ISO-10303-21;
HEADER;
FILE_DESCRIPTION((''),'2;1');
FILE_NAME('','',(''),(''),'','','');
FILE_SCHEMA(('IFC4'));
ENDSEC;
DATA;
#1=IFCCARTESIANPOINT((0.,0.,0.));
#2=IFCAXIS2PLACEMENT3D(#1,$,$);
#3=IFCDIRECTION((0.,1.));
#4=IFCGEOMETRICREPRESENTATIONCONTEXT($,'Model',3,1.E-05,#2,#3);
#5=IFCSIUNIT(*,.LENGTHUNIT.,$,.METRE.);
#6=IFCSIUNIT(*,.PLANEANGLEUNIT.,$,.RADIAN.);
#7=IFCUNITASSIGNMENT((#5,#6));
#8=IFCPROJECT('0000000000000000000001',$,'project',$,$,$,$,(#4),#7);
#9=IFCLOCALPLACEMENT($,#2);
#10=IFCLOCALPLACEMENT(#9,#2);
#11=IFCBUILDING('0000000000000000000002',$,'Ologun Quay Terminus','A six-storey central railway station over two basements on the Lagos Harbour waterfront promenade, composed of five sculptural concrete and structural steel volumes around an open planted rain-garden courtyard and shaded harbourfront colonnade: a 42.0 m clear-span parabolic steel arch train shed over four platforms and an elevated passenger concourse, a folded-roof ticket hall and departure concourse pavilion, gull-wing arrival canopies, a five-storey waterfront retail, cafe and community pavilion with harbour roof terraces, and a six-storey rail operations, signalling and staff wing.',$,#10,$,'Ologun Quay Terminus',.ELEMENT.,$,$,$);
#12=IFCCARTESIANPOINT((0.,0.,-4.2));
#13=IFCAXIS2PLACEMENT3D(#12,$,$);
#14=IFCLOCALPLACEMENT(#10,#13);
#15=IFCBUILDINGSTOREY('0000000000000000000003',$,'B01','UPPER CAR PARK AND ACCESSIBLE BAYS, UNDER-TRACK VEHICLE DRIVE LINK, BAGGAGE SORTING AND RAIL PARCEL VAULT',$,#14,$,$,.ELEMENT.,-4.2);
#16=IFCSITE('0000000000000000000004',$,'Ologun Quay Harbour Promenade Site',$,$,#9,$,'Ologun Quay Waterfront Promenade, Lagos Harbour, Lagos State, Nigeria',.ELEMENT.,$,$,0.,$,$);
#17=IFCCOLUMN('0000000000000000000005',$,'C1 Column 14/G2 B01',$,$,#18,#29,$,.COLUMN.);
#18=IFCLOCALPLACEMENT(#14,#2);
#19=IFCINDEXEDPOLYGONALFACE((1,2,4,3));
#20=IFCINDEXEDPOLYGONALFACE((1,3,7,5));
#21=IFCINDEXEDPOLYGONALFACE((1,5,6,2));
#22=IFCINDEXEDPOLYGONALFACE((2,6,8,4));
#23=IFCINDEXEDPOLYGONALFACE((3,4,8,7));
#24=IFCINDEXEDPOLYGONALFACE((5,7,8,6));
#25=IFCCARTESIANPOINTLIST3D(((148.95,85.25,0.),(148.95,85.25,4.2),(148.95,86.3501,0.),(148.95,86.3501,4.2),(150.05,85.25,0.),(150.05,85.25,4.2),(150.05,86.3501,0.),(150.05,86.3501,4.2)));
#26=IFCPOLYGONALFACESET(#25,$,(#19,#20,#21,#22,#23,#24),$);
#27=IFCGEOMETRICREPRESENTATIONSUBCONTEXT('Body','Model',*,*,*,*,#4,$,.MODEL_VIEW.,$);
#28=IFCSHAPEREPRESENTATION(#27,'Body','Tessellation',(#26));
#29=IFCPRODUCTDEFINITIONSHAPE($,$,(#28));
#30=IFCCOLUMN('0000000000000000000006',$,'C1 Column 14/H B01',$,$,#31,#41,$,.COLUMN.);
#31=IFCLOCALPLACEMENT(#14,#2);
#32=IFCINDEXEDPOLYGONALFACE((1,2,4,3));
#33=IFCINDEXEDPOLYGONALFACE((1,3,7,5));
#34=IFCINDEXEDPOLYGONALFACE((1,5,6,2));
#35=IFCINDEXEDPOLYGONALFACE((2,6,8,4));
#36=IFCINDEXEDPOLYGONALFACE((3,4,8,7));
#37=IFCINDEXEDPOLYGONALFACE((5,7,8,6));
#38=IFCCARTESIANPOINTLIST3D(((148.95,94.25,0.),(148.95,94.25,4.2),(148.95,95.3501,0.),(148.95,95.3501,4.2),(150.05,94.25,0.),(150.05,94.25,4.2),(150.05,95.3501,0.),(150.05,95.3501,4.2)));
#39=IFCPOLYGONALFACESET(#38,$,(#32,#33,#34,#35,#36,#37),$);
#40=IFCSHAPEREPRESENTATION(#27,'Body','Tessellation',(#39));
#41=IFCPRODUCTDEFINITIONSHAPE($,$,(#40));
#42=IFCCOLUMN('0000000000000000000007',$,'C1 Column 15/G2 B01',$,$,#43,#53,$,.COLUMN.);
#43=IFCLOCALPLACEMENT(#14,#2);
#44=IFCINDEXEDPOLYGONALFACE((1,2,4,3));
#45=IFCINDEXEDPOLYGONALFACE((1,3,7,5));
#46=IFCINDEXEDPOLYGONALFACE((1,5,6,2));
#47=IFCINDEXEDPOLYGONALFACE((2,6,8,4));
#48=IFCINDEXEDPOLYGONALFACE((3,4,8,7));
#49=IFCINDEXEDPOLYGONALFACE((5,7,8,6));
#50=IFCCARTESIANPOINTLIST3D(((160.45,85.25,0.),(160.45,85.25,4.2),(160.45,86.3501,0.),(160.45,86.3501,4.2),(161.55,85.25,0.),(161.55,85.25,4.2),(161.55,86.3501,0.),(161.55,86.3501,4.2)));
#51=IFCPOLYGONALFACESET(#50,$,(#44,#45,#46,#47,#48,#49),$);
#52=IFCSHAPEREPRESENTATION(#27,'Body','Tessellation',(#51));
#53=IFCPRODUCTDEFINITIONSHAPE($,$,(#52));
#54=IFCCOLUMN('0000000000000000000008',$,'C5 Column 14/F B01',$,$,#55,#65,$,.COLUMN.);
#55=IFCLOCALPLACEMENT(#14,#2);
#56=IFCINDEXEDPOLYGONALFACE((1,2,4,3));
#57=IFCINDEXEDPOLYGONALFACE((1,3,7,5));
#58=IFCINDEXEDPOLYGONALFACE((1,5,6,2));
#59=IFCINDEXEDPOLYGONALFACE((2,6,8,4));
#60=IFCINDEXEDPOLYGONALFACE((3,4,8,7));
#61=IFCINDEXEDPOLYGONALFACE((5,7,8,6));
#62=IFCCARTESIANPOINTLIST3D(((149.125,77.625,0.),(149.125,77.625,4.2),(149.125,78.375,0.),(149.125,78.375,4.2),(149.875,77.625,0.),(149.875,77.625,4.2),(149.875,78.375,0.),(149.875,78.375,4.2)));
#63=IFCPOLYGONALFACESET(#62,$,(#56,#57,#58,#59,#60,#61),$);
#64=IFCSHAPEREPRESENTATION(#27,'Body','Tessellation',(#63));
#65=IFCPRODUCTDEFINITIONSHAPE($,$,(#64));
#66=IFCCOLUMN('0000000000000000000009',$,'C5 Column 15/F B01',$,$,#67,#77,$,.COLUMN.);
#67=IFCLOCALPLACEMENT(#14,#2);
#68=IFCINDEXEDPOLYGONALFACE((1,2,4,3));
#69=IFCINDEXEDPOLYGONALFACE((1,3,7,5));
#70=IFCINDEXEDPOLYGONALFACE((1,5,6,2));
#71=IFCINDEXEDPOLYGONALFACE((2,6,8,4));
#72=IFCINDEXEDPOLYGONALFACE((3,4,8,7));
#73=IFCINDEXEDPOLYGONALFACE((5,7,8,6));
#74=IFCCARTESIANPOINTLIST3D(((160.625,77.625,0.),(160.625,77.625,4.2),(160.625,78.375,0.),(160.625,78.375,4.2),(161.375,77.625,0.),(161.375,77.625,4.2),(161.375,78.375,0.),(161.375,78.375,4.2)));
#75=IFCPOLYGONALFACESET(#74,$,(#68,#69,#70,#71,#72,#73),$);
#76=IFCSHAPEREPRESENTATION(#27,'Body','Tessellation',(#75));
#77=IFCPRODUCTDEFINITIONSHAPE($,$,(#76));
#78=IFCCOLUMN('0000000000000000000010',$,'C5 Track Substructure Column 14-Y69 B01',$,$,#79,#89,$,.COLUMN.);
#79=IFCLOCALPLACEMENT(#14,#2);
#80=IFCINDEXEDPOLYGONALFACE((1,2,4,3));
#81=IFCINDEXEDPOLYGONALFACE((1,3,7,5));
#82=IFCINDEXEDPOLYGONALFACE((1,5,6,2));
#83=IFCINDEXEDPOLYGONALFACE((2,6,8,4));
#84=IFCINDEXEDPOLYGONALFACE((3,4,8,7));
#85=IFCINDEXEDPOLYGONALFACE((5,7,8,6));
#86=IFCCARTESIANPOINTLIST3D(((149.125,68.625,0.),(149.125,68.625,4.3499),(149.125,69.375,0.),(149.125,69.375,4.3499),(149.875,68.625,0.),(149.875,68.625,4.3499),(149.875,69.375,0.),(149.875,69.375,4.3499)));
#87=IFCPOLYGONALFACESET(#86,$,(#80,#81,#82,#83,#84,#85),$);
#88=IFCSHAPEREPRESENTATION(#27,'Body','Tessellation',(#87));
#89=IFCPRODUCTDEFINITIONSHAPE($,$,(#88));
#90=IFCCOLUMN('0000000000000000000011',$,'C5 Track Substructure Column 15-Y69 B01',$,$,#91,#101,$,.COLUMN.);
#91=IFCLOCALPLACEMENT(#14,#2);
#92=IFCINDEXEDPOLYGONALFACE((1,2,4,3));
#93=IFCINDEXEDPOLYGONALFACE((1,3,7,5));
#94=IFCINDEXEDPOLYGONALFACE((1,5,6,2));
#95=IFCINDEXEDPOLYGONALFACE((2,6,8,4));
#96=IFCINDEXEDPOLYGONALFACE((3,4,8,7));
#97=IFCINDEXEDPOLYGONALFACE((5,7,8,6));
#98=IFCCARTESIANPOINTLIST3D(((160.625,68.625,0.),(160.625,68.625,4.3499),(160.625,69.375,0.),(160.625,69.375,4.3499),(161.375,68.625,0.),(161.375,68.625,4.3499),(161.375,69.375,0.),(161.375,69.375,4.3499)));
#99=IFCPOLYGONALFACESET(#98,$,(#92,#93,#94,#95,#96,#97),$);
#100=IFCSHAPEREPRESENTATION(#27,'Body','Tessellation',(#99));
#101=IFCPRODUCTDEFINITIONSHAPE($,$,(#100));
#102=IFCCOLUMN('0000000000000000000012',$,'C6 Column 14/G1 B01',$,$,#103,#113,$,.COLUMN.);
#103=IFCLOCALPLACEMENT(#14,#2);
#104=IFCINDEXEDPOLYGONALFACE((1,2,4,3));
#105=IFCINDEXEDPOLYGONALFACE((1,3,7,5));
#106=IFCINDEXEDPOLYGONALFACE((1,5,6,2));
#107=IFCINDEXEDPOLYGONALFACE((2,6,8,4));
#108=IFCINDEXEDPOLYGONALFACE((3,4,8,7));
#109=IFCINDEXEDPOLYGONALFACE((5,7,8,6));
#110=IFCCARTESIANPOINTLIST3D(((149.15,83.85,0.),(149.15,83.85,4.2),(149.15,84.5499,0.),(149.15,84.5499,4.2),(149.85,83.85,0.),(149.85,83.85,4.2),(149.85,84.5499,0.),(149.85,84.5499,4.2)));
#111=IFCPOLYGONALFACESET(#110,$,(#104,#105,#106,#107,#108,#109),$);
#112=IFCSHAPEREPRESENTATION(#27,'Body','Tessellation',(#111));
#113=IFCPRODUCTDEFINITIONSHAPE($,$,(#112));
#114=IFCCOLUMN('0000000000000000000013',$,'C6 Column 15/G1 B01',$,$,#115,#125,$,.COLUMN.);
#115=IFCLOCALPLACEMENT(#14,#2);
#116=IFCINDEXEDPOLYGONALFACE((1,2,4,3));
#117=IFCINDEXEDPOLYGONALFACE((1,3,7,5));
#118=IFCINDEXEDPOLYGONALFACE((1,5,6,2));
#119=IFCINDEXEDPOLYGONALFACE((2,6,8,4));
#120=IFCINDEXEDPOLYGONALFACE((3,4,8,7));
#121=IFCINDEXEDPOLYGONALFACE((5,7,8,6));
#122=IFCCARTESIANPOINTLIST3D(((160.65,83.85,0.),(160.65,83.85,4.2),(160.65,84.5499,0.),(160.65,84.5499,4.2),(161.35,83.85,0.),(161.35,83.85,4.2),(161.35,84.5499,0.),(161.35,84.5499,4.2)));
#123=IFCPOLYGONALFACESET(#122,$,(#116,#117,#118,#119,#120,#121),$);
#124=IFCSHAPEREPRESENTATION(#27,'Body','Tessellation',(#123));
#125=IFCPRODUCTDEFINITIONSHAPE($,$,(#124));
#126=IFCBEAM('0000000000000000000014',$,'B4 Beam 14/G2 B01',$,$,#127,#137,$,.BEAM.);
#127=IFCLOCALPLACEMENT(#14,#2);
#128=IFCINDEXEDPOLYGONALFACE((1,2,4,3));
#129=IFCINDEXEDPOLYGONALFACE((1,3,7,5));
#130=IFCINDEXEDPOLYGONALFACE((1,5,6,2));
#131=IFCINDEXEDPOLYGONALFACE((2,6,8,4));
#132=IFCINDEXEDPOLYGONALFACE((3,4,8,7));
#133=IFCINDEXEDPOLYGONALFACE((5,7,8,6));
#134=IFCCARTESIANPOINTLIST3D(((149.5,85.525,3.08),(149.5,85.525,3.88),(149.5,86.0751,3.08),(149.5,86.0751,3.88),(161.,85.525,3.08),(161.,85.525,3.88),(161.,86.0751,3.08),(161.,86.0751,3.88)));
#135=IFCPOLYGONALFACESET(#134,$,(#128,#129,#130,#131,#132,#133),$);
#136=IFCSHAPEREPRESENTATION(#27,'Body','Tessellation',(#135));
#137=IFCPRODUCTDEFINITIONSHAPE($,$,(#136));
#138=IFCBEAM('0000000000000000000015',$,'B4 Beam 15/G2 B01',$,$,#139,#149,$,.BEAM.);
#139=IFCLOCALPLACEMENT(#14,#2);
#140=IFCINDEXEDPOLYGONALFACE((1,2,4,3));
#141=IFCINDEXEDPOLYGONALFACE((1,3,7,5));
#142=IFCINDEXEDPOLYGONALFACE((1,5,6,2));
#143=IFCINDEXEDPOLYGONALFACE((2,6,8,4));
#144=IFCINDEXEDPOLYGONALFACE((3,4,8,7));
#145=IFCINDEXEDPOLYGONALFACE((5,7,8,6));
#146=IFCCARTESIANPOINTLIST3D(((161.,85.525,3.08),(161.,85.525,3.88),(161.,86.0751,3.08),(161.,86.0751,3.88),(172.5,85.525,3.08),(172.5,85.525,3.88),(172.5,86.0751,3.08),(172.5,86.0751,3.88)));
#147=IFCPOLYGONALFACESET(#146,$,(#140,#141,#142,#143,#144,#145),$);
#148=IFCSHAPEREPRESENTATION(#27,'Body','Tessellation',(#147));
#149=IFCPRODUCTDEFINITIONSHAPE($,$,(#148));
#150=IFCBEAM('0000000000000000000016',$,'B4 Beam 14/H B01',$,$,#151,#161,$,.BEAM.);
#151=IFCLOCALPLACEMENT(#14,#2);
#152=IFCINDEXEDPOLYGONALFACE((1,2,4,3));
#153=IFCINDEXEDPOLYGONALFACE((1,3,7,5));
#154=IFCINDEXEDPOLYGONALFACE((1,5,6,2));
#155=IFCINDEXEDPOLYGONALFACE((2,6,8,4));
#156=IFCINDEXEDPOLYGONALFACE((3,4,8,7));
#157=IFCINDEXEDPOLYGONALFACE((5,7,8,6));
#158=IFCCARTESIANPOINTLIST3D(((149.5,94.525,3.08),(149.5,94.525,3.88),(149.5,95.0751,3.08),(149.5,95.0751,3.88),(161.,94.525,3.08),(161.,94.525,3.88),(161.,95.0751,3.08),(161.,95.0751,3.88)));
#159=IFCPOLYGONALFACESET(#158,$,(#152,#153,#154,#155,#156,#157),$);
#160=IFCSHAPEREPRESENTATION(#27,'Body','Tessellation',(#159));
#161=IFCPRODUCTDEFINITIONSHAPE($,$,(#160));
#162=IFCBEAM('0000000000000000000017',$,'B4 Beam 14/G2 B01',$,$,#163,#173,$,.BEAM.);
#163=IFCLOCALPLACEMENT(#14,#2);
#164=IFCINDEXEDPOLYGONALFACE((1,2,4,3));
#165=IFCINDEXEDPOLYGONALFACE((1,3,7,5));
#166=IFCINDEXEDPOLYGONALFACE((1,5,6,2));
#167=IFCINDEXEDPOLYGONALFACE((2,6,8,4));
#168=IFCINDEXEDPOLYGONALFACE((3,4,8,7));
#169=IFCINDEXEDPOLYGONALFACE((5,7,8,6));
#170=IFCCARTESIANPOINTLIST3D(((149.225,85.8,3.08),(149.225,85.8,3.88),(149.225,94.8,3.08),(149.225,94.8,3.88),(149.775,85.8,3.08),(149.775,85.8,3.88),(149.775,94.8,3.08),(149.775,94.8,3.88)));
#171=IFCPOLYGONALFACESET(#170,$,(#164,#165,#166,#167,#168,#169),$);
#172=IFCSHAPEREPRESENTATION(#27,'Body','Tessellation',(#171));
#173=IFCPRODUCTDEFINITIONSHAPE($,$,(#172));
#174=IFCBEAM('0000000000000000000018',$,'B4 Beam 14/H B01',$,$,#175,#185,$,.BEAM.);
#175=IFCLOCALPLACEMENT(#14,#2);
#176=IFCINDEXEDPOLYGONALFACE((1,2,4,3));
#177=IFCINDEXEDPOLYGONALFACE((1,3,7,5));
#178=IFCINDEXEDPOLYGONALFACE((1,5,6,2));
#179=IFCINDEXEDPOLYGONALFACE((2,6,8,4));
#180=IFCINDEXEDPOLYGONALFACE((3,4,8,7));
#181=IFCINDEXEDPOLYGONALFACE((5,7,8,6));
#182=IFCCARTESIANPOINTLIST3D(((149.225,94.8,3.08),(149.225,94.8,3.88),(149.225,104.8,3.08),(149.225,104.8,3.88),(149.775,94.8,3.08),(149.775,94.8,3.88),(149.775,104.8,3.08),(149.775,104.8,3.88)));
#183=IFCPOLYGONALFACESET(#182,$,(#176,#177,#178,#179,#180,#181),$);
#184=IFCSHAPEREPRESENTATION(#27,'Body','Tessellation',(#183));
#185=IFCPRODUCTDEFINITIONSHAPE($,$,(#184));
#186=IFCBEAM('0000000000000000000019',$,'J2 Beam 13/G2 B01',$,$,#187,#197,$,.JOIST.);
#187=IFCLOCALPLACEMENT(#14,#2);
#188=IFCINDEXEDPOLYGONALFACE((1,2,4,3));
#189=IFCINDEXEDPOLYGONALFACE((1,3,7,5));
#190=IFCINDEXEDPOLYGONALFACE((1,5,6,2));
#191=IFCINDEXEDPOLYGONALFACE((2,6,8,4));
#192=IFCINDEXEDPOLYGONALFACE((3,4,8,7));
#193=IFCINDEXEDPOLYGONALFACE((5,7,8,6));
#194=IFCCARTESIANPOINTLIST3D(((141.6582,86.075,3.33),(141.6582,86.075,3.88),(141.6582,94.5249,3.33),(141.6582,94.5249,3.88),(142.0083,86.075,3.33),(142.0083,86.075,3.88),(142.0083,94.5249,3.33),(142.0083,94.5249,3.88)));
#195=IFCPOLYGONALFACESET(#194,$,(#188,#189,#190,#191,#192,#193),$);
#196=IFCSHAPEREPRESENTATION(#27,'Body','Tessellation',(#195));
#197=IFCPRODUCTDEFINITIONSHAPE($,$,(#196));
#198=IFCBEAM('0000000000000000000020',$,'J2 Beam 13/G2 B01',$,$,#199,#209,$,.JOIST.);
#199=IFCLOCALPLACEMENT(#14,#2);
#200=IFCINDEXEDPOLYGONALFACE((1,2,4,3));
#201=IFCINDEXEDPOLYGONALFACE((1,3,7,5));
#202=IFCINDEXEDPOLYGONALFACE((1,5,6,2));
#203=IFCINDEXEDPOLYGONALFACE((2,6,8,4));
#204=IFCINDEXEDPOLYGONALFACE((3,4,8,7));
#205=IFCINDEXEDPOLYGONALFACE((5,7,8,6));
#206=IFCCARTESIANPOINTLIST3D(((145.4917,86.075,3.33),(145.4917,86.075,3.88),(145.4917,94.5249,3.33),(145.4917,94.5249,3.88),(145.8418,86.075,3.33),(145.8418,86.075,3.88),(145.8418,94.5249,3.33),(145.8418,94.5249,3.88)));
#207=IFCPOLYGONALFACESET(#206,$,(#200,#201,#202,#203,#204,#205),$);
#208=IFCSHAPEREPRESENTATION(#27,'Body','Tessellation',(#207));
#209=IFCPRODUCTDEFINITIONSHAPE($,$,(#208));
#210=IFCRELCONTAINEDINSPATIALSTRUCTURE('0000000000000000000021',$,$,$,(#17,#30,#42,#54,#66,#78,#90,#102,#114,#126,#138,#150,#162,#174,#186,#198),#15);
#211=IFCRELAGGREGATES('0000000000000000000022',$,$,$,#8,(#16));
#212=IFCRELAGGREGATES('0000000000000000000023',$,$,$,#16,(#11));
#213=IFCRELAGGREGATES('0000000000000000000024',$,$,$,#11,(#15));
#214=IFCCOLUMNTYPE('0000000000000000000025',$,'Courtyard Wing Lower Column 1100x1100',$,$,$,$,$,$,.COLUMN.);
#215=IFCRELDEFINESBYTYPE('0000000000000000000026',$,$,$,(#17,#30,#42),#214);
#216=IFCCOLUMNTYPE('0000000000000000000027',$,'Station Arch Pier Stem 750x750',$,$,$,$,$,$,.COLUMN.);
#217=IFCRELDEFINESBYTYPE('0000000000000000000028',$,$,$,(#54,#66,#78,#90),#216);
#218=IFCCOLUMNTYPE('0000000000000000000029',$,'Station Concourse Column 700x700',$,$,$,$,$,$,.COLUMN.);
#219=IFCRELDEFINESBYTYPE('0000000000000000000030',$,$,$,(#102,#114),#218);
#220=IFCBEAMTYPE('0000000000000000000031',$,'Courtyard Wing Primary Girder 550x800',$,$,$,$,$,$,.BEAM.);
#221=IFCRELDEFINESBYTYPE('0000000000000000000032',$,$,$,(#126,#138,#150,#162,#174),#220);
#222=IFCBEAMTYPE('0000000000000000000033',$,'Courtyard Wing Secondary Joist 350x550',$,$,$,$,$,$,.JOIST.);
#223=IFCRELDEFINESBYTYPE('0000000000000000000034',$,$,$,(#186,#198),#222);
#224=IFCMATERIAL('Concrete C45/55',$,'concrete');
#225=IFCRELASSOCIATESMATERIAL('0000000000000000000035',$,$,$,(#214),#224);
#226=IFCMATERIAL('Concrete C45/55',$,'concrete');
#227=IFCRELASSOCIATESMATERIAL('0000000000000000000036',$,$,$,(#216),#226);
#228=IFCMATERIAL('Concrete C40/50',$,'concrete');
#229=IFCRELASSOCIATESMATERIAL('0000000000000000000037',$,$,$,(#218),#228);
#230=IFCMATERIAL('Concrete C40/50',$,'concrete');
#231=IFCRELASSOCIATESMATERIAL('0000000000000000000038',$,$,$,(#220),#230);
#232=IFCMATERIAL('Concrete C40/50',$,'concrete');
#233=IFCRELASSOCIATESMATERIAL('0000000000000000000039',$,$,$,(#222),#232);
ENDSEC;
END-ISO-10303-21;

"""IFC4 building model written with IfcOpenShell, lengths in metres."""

from ifc_helpers import new_model, si_unit, direction, frame, origin, origin_2d, place, context, subcontext, project, spatial, rectangle, extrude, material, material_profile, profile_set, type_object, element, save


model = new_model("IFC4")

# Units and contexts
model_context = context("Model", 3, precision=1e-05, world=origin(), true_north=direction((0.0, 1.0)))
body_context = subcontext(model_context, "Body", "Model", "MODEL_VIEW")
ifc_project = project(units=[si_unit("LENGTHUNIT", "METRE"), si_unit("PLANEANGLEUNIT", "RADIAN")], contexts=[model_context])

# Site, building, storey
site_placement = place(None, origin())
site = spatial("IfcSite", under=ifc_project, at=site_placement, Name="Ologun Quay Harbour Promenade Site", LongName="Ologun Quay Waterfront Promenade, Lagos Harbour, Lagos State, Nigeria", CompositionType="ELEMENT", RefElevation=0.0)
building_placement = place(site_placement, origin())
building = spatial("IfcBuilding", under=site, at=building_placement, Name="Ologun Quay Terminus", Description="A six-storey central railway station over two basements on the Lagos Harbour waterfront promenade, composed of five sculptural concrete and structural steel volumes around an open planted rain-garden courtyard and shaded harbourfront colonnade: a 42.0 m clear-span parabolic steel arch train shed over four platforms and an elevated passenger concourse, a folded-roof ticket hall and departure concourse pavilion, gull-wing arrival canopies, a five-storey waterfront retail, cafe and community pavilion with harbour roof terraces, and a six-storey rail operations, signalling and staff wing.", LongName="Ologun Quay Terminus", CompositionType="ELEMENT")
storey_placement = place(building_placement, frame((0.0, 0.0, -4.2)))
storey = spatial("IfcBuildingStorey", under=building, at=storey_placement, Name="B01", Description="UPPER CAR PARK AND ACCESSIBLE BAYS, UNDER-TRACK VEHICLE DRIVE LINK, BAGGAGE SORTING AND RAIL PARCEL VAULT", CompositionType="ELEMENT", Elevation=-4.2)

# Columns
ifc_material_1 = material(Name="Concrete C45/55", Category="concrete")
ifc_material_profile_1 = material_profile(ifc_material_1, rectangle(XDim=1.1001, YDim=1.1001, at=origin_2d()), Name="RC 1100x1100")
ifc_profile_set_1 = profile_set([ifc_material_profile_1], Name="Concrete C45/55")
column_type_1 = type_object("IfcColumnType", Name="Courtyard Wing Lower Column 1100x1100", PredefinedType="COLUMN", material=ifc_profile_set_1)
for number, where, z_axis, x_axis, name in (
    (1, (149.5, 85.8, 0.0), (0.0, 0.0, 1.0), (1.0, 0.0, 0.0), "C1 Column 14/G2 B01"),
    (2, (149.5, 94.8, 0.0), (0.0, 0.0, 1.0), (1.0, 0.0, 0.0), "C1 Column 14/H B01"),
    (3, (161.0, 85.8, 0.0), (0.0, 0.0, 1.0), (1.0, 0.0, 0.0), "C1 Column 15/G2 B01"),
):
    element("IfcColumn", number, at=place(storey_placement, frame(where, z_axis=z_axis, x_axis=x_axis)), inside=storey, type_object=column_type_1, Name=name, PredefinedType="COLUMN", context=body_context, shape_type="SweptSolid", body=[
        extrude(rectangle(XDim=1.1001, YDim=1.1001, at=origin_2d()), origin(), (0.0, 0.0, 1.0), 4.2),
    ])
ifc_material_2 = material(Name="Concrete C45/55", Category="concrete")
ifc_material_profile_2 = material_profile(ifc_material_2, rectangle(XDim=0.75, YDim=0.75, at=origin_2d()), Name="RC 750x750")
ifc_profile_set_2 = profile_set([ifc_material_profile_2], Name="Concrete C45/55")
column_type_2 = type_object("IfcColumnType", Name="Station Arch Pier Stem 750x750", PredefinedType="COLUMN", material=ifc_profile_set_2)
for number, where, z_axis, x_axis, name in (
    (4, (149.5, 78.0, 0.0), (0.0, 0.0, 1.0), (1.0, 0.0, 0.0), "C5 Column 14/F B01"),
    (5, (161.0, 78.0, 0.0), (0.0, 0.0, 1.0), (1.0, 0.0, 0.0), "C5 Column 15/F B01"),
):
    element("IfcColumn", number, at=place(storey_placement, frame(where, z_axis=z_axis, x_axis=x_axis)), inside=storey, type_object=column_type_2, Name=name, PredefinedType="COLUMN", context=body_context, shape_type="SweptSolid", body=[
        extrude(rectangle(XDim=0.75, YDim=0.75, at=origin_2d()), origin(), (0.0, 0.0, 1.0), 4.2),
    ])
for number, where, z_axis, x_axis, name in (
    (6, (149.5, 69.0, 0.0), (0.0, 0.0, 1.0), (1.0, 0.0, 0.0), "C5 Track Substructure Column 14-Y69 B01"),
    (7, (161.0, 69.0, 0.0), (0.0, 0.0, 1.0), (1.0, 0.0, 0.0), "C5 Track Substructure Column 15-Y69 B01"),
):
    element("IfcColumn", number, at=place(storey_placement, frame(where, z_axis=z_axis, x_axis=x_axis)), inside=storey, type_object=column_type_2, Name=name, PredefinedType="COLUMN", context=body_context, shape_type="SweptSolid", body=[
        extrude(rectangle(XDim=0.75, YDim=0.75, at=origin_2d()), origin(), (0.0, 0.0, 1.0), 4.3499),
    ])
ifc_material_3 = material(Name="Concrete C40/50", Category="concrete")
ifc_material_profile_3 = material_profile(ifc_material_3, rectangle(XDim=0.7, YDim=0.7, at=origin_2d()), Name="RC 700x700")
ifc_profile_set_3 = profile_set([ifc_material_profile_3], Name="Concrete C40/50")
column_type_3 = type_object("IfcColumnType", Name="Station Concourse Column 700x700", PredefinedType="COLUMN", material=ifc_profile_set_3)
for number, where, z_axis, x_axis, name in (
    (8, (149.5, 84.2, 0.0), (0.0, 0.0, 1.0), (1.0, 0.0, 0.0), "C6 Column 14/G1 B01"),
    (9, (161.0, 84.2, 0.0), (0.0, 0.0, 1.0), (1.0, 0.0, 0.0), "C6 Column 15/G1 B01"),
):
    element("IfcColumn", number, at=place(storey_placement, frame(where, z_axis=z_axis, x_axis=x_axis)), inside=storey, type_object=column_type_3, Name=name, PredefinedType="COLUMN", context=body_context, shape_type="SweptSolid", body=[
        extrude(rectangle(XDim=0.7, YDim=0.7, at=origin_2d()), origin(), (0.0, 0.0, 1.0), 4.2),
    ])

# Beams
ifc_material_4 = material(Name="Concrete C40/50", Category="concrete")
ifc_material_profile_4 = material_profile(ifc_material_4, rectangle(XDim=0.55, YDim=0.8, at=origin_2d()), Name="RC 550x800")
ifc_profile_set_4 = profile_set([ifc_material_profile_4], Name="Concrete C40/50")
beam_type_1 = type_object("IfcBeamType", Name="Courtyard Wing Primary Girder 550x800", PredefinedType="BEAM", material=ifc_profile_set_4)
for number, where, z_axis, x_axis, name in (
    (10, (149.5, 85.8, 3.48), (1.0, 0.0, 0.0), (0.0, 1.0, 0.0), "B4 Beam 14/G2 B01"),
    (11, (161.0, 85.8, 3.48), (1.0, 0.0, 0.0), (0.0, 1.0, 0.0), "B4 Beam 15/G2 B01"),
    (12, (149.5, 94.8, 3.48), (1.0, 0.0, 0.0), (0.0, 1.0, 0.0), "B4 Beam 14/H B01"),
):
    element("IfcBeam", number, at=place(storey_placement, frame(where, z_axis=z_axis, x_axis=x_axis)), inside=storey, type_object=beam_type_1, Name=name, PredefinedType="BEAM", context=body_context, shape_type="SweptSolid", body=[
        extrude(rectangle(XDim=0.55, YDim=0.8, at=origin_2d()), origin(), (0.0, 0.0, 1.0), 11.5),
    ])
beam_1_placement = place(storey_placement, frame((149.5, 85.8, 3.48), z_axis=(0.0, 1.0, 0.0), x_axis=(-1.0, 0.0, 0.0)))
element("IfcBeam", 13, at=beam_1_placement, inside=storey, type_object=beam_type_1, Name="B4 Beam 14/G2 B01", PredefinedType="BEAM", context=body_context, shape_type="SweptSolid", body=[
    extrude(rectangle(XDim=0.55, YDim=0.8, at=origin_2d()), origin(), (0.0, 0.0, 1.0), 9.0),
])
beam_2_placement = place(storey_placement, frame((149.5, 94.8, 3.48), z_axis=(0.0, 1.0, 0.0), x_axis=(-1.0, 0.0, 0.0)))
element("IfcBeam", 14, at=beam_2_placement, inside=storey, type_object=beam_type_1, Name="B4 Beam 14/H B01", PredefinedType="BEAM", context=body_context, shape_type="SweptSolid", body=[
    extrude(rectangle(XDim=0.55, YDim=0.8, at=origin_2d()), origin(), (0.0, 0.0, 1.0), 10.0),
])
ifc_material_5 = material(Name="Concrete C40/50", Category="concrete")
ifc_material_profile_5 = material_profile(ifc_material_5, rectangle(XDim=0.3501, YDim=0.55, at=origin_2d()), Name="RC 350x550")
ifc_profile_set_5 = profile_set([ifc_material_profile_5], Name="Concrete C40/50")
beam_type_2 = type_object("IfcBeamType", Name="Courtyard Wing Secondary Joist 350x550", PredefinedType="JOIST", material=ifc_profile_set_5)
for number, where, z_axis, x_axis, name in (
    (15, (141.8333, 86.075, 3.605), (0.0, 1.0, 0.0), (-1.0, 0.0, 0.0), "J2 Beam 13/G2 B01"),
    (16, (145.6667, 86.075, 3.605), (0.0, 1.0, 0.0), (-1.0, 0.0, 0.0), "J2 Beam 13/G2 B01"),
):
    element("IfcBeam", number, at=place(storey_placement, frame(where, z_axis=z_axis, x_axis=x_axis)), inside=storey, type_object=beam_type_2, Name=name, PredefinedType="JOIST", context=body_context, shape_type="SweptSolid", body=[
        extrude(rectangle(XDim=0.3501, YDim=0.55, at=origin_2d()), origin(), (0.0, 0.0, 1.0), 8.45),
    ])

save(model, "model.ifc")
